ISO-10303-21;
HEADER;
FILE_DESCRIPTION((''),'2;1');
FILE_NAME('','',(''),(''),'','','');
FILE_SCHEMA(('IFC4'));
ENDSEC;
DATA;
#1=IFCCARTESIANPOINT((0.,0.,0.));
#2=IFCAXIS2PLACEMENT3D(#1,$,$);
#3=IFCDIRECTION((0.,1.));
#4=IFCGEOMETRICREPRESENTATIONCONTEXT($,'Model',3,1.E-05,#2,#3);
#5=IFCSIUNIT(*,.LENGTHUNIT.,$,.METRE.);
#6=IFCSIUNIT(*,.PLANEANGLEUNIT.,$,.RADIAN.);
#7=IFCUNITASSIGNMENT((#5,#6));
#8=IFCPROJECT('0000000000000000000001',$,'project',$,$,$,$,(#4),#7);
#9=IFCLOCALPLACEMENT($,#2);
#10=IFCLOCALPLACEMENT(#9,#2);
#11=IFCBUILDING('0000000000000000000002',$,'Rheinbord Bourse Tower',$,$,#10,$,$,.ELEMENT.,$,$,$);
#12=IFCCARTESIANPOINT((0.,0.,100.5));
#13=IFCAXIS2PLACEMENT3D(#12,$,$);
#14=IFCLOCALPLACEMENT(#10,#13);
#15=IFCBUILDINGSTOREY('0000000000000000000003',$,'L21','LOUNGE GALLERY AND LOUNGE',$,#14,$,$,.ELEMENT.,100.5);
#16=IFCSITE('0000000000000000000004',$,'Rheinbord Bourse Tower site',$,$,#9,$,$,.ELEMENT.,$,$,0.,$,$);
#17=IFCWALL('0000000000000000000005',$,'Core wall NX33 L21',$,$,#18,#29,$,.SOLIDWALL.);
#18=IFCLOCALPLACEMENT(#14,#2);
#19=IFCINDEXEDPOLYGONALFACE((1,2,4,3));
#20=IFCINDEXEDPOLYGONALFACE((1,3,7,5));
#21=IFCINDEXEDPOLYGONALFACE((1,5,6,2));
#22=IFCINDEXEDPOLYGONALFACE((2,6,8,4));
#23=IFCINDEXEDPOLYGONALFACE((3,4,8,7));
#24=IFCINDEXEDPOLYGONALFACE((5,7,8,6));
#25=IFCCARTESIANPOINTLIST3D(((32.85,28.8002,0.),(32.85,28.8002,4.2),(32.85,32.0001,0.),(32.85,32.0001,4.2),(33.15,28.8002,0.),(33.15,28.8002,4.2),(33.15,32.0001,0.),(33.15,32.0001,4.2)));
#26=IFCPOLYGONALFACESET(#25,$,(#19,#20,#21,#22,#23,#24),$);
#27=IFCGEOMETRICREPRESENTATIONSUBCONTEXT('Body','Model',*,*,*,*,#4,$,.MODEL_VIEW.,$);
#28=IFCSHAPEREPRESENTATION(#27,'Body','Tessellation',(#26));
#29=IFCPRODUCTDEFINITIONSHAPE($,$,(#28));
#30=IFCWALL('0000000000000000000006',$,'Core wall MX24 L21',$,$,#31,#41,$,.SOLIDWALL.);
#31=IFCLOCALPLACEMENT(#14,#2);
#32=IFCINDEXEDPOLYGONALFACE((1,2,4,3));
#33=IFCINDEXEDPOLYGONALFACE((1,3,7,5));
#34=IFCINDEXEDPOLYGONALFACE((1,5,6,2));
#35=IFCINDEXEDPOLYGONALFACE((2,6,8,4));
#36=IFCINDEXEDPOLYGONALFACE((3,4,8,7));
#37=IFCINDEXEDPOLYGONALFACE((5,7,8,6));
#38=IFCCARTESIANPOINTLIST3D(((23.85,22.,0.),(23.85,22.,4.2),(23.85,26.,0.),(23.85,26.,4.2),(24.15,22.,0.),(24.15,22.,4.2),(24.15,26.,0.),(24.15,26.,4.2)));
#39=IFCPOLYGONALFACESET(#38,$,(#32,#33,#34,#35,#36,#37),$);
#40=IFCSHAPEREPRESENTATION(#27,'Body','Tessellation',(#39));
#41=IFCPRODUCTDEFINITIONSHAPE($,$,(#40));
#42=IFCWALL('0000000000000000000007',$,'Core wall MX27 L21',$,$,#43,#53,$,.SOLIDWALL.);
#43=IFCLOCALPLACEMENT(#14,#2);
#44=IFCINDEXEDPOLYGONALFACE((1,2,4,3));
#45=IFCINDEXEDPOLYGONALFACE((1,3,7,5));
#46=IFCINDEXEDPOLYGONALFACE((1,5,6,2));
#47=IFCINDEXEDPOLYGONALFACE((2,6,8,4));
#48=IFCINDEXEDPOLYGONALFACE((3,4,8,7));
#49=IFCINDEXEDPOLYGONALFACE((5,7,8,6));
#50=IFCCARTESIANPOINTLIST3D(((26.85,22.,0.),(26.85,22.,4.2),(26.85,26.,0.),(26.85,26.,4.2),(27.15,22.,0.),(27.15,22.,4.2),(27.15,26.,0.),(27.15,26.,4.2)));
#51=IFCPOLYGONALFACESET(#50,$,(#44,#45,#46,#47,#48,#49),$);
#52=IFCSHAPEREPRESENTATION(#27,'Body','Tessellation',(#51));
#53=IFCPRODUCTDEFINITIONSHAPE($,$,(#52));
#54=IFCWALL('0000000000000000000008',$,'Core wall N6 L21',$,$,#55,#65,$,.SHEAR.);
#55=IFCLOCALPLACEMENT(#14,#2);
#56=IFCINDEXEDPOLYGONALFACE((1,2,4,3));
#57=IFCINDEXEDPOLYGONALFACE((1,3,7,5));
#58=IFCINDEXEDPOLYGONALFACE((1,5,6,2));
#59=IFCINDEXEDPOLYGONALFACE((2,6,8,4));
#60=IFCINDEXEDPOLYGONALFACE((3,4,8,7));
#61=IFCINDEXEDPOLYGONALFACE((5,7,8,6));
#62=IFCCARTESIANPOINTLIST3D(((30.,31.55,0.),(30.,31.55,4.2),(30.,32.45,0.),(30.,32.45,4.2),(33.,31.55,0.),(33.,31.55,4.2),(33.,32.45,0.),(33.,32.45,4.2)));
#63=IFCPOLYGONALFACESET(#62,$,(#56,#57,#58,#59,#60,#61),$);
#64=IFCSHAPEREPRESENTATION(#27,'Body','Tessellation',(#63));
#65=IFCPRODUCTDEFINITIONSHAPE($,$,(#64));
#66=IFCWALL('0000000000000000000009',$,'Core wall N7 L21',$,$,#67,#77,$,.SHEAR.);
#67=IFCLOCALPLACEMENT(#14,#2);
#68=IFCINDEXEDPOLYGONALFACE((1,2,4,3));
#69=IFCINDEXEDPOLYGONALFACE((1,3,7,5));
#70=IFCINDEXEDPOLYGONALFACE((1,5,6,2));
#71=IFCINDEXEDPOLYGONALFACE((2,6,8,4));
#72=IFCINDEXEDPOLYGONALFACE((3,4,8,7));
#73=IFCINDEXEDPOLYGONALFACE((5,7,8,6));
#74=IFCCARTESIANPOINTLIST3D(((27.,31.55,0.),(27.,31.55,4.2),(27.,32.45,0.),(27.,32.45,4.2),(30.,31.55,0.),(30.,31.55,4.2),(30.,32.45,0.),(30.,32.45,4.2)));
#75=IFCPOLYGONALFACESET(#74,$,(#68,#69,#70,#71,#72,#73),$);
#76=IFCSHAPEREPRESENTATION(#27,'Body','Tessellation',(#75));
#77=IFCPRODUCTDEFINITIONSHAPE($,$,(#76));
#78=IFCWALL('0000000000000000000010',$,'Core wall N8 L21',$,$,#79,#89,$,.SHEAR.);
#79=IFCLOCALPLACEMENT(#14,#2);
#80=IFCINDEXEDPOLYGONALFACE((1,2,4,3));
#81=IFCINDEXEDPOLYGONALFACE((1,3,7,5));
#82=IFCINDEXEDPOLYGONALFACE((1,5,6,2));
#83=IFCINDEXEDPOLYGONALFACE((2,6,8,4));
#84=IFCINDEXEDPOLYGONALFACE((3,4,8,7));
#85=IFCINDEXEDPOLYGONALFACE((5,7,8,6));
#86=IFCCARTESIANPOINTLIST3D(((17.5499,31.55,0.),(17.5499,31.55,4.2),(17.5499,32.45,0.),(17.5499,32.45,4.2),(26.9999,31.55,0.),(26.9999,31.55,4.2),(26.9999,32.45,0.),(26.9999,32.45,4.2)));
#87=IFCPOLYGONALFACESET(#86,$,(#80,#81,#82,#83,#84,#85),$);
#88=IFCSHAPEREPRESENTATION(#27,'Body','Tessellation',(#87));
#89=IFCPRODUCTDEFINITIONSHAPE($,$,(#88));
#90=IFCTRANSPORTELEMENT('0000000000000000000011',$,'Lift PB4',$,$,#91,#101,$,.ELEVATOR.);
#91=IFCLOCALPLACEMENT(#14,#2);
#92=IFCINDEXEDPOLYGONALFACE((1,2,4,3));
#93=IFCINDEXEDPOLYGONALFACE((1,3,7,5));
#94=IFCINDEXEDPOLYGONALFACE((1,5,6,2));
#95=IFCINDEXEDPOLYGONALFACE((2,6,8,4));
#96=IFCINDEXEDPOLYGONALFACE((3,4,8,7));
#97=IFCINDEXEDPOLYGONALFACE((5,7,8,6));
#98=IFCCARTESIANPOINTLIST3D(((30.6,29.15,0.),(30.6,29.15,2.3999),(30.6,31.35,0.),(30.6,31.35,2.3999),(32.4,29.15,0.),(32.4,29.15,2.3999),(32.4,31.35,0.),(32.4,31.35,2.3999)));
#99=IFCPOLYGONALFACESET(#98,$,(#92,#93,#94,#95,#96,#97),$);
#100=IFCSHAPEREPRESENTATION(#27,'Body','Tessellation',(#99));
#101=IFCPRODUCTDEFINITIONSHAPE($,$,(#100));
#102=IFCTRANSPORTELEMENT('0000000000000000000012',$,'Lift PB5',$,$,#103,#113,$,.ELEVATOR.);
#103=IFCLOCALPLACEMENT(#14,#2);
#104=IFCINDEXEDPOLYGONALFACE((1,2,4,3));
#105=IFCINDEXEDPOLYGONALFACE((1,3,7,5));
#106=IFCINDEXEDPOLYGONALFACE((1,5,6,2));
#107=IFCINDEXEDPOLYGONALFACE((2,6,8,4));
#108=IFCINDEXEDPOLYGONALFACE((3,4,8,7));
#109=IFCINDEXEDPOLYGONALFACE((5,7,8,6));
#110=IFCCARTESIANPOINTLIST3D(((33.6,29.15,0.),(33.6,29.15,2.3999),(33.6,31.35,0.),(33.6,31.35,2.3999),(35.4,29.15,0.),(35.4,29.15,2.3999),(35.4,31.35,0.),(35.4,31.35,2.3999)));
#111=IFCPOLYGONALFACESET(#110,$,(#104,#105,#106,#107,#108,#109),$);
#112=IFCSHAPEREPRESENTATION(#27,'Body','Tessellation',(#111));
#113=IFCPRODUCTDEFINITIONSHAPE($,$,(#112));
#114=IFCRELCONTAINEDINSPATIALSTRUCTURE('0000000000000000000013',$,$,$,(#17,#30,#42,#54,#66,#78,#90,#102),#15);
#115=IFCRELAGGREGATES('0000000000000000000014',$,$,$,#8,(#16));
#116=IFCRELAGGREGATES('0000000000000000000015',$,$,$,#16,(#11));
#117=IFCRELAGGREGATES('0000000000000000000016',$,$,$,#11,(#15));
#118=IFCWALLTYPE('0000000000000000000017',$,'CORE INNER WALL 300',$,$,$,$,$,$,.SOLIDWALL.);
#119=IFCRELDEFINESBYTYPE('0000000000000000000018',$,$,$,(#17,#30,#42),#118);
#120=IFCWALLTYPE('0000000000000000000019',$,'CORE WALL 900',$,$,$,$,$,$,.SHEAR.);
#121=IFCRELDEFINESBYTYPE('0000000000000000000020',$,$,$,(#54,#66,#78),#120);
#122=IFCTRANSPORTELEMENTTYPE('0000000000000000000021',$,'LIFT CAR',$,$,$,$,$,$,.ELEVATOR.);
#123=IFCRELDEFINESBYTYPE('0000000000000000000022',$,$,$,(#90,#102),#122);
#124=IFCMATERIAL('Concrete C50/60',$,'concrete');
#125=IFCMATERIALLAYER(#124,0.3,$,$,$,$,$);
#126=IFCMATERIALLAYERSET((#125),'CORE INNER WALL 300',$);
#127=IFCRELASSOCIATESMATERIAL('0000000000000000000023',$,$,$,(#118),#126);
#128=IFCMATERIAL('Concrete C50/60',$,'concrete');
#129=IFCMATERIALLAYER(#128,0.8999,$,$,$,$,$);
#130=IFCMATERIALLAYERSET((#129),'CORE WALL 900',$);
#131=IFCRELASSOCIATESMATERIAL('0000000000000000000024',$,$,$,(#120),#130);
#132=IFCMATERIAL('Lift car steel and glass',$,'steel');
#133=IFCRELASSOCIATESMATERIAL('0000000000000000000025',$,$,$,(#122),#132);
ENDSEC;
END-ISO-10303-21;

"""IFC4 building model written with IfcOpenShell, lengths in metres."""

from ifc_helpers import new_model, si_unit, direction, frame, frame_2d, origin, origin_2d, place, context, subcontext, project, spatial, rectangle, extrude, material, layer, layer_set, type_object, element, save


model = new_model("IFC4")

# Units and contexts
model_context = context("Model", 3, precision=1e-05, world=origin(), true_north=direction((0.0, 1.0)))
body_context = subcontext(model_context, "Body", "Model", "MODEL_VIEW")
ifc_project = project(units=[si_unit("LENGTHUNIT", "METRE"), si_unit("PLANEANGLEUNIT", "RADIAN")], contexts=[model_context])

# Site, building, storey
site_placement = place(None, origin())
site = spatial("IfcSite", under=ifc_project, at=site_placement, Name="Rheinbord Bourse Tower site", CompositionType="ELEMENT", RefElevation=0.0)
building_placement = place(site_placement, origin())
building = spatial("IfcBuilding", under=site, at=building_placement, Name="Rheinbord Bourse Tower", CompositionType="ELEMENT")
storey_placement = place(building_placement, frame((0.0, 0.0, 100.5)))
storey = spatial("IfcBuildingStorey", under=building, at=storey_placement, Name="L21", Description="LOUNGE GALLERY AND LOUNGE", CompositionType="ELEMENT", Elevation=100.5)

# Shared definitions
ifc_material_1 = material(Name="Concrete C50/60", Category="concrete")
ifc_layer_1 = layer(ifc_material_1, 0.3)
ifc_layer_set_1 = layer_set([ifc_layer_1], Name="CORE INNER WALL 300")
wall_type_1 = type_object("IfcWallType", Name="CORE INNER WALL 300", PredefinedType="SOLIDWALL", material=ifc_layer_set_1)

# Walls
for number, where, z_axis, x_axis, name in (
    (1, (33.0, 28.8, 0.0), (0.0, 0.0, 1.0), (0.0, 1.0, 0.0), "Core wall NX33 L21"),
):
    element("IfcWall", number, at=place(storey_placement, frame(where, z_axis=z_axis, x_axis=x_axis)), inside=storey, type_object=wall_type_1, Name=name, PredefinedType="SOLIDWALL", context=body_context, shape_type="SweptSolid", body=[
        extrude(rectangle(XDim=3.2, YDim=0.3, at=frame_2d((1.6001, 0.0))), origin(), (0.0, 0.0, 1.0), 4.2),
    ])
for number, where, z_axis, x_axis, name in (
    (2, (24.0, 22.0, 0.0), (0.0, 0.0, 1.0), (0.0, 1.0, 0.0), "Core wall MX24 L21"),
    (3, (27.0, 22.0, 0.0), (0.0, 0.0, 1.0), (0.0, 1.0, 0.0), "Core wall MX27 L21"),
):
    element("IfcWall", number, at=place(storey_placement, frame(where, z_axis=z_axis, x_axis=x_axis)), inside=storey, type_object=wall_type_1, Name=name, PredefinedType="SOLIDWALL", context=body_context, shape_type="SweptSolid", body=[
        extrude(rectangle(XDim=4.0, YDim=0.3, at=frame_2d((2.0, 0.0))), origin(), (0.0, 0.0, 1.0), 4.2),
    ])
ifc_material_2 = material(Name="Concrete C50/60", Category="concrete")
ifc_layer_2 = layer(ifc_material_2, 0.8999)
ifc_layer_set_2 = layer_set([ifc_layer_2], Name="CORE WALL 900")
wall_type_2 = type_object("IfcWallType", Name="CORE WALL 900", PredefinedType="SHEAR", material=ifc_layer_set_2)
for number, where, z_axis, x_axis, name in (
    (4, (33.0, 32.0, 0.0), (0.0, 0.0, 1.0), (-1.0, 0.0, 0.0), "Core wall N6 L21"),
    (5, (30.0, 32.0, 0.0), (0.0, 0.0, 1.0), (-1.0, 0.0, 0.0), "Core wall N7 L21"),
):
    element("IfcWall", number, at=place(storey_placement, frame(where, z_axis=z_axis, x_axis=x_axis)), inside=storey, type_object=wall_type_2, Name=name, PredefinedType="SHEAR", context=body_context, shape_type="SweptSolid", body=[
        extrude(rectangle(XDim=3.0, YDim=0.8999, at=frame_2d((1.5, 0.0))), origin(), (0.0, 0.0, 1.0), 4.2),
    ])
wall_1_placement = place(storey_placement, frame((27.0, 32.0, 0.0), z_axis=(0.0, 0.0, 1.0), x_axis=(-1.0, 0.0, 0.0)))
element("IfcWall", 6, at=wall_1_placement, inside=storey, type_object=wall_type_2, Name="Core wall N8 L21", PredefinedType="SHEAR", context=body_context, shape_type="SweptSolid", body=[
    extrude(rectangle(XDim=9.45, YDim=0.8999, at=frame_2d((4.7251, 0.0))), origin(), (0.0, 0.0, 1.0), 4.2),
])

# Transport elements
ifc_material_3 = material(Name="Lift car steel and glass", Category="steel")
transport_element_type = type_object("IfcTransportElementType", Name="LIFT CAR", PredefinedType="ELEVATOR", material=ifc_material_3)
for number, where, z_axis, x_axis, name in (
    (7, (31.5, 30.25, 0.0), (0.0, 0.0, 1.0), (1.0, 0.0, 0.0), "Lift PB4"),
    (8, (34.5, 30.25, 0.0), (0.0, 0.0, 1.0), (1.0, 0.0, 0.0), "Lift PB5"),
):
    element("IfcTransportElement", number, at=place(storey_placement, frame(where, z_axis=z_axis, x_axis=x_axis)), inside=storey, type_object=transport_element_type, Name=name, PredefinedType="ELEVATOR", context=body_context, shape_type="SweptSolid", body=[
        extrude(rectangle(XDim=1.8, YDim=2.2, at=origin_2d()), origin(), (0.0, 0.0, 1.0), 2.3999),
    ])

save(model, "model.ifc")
